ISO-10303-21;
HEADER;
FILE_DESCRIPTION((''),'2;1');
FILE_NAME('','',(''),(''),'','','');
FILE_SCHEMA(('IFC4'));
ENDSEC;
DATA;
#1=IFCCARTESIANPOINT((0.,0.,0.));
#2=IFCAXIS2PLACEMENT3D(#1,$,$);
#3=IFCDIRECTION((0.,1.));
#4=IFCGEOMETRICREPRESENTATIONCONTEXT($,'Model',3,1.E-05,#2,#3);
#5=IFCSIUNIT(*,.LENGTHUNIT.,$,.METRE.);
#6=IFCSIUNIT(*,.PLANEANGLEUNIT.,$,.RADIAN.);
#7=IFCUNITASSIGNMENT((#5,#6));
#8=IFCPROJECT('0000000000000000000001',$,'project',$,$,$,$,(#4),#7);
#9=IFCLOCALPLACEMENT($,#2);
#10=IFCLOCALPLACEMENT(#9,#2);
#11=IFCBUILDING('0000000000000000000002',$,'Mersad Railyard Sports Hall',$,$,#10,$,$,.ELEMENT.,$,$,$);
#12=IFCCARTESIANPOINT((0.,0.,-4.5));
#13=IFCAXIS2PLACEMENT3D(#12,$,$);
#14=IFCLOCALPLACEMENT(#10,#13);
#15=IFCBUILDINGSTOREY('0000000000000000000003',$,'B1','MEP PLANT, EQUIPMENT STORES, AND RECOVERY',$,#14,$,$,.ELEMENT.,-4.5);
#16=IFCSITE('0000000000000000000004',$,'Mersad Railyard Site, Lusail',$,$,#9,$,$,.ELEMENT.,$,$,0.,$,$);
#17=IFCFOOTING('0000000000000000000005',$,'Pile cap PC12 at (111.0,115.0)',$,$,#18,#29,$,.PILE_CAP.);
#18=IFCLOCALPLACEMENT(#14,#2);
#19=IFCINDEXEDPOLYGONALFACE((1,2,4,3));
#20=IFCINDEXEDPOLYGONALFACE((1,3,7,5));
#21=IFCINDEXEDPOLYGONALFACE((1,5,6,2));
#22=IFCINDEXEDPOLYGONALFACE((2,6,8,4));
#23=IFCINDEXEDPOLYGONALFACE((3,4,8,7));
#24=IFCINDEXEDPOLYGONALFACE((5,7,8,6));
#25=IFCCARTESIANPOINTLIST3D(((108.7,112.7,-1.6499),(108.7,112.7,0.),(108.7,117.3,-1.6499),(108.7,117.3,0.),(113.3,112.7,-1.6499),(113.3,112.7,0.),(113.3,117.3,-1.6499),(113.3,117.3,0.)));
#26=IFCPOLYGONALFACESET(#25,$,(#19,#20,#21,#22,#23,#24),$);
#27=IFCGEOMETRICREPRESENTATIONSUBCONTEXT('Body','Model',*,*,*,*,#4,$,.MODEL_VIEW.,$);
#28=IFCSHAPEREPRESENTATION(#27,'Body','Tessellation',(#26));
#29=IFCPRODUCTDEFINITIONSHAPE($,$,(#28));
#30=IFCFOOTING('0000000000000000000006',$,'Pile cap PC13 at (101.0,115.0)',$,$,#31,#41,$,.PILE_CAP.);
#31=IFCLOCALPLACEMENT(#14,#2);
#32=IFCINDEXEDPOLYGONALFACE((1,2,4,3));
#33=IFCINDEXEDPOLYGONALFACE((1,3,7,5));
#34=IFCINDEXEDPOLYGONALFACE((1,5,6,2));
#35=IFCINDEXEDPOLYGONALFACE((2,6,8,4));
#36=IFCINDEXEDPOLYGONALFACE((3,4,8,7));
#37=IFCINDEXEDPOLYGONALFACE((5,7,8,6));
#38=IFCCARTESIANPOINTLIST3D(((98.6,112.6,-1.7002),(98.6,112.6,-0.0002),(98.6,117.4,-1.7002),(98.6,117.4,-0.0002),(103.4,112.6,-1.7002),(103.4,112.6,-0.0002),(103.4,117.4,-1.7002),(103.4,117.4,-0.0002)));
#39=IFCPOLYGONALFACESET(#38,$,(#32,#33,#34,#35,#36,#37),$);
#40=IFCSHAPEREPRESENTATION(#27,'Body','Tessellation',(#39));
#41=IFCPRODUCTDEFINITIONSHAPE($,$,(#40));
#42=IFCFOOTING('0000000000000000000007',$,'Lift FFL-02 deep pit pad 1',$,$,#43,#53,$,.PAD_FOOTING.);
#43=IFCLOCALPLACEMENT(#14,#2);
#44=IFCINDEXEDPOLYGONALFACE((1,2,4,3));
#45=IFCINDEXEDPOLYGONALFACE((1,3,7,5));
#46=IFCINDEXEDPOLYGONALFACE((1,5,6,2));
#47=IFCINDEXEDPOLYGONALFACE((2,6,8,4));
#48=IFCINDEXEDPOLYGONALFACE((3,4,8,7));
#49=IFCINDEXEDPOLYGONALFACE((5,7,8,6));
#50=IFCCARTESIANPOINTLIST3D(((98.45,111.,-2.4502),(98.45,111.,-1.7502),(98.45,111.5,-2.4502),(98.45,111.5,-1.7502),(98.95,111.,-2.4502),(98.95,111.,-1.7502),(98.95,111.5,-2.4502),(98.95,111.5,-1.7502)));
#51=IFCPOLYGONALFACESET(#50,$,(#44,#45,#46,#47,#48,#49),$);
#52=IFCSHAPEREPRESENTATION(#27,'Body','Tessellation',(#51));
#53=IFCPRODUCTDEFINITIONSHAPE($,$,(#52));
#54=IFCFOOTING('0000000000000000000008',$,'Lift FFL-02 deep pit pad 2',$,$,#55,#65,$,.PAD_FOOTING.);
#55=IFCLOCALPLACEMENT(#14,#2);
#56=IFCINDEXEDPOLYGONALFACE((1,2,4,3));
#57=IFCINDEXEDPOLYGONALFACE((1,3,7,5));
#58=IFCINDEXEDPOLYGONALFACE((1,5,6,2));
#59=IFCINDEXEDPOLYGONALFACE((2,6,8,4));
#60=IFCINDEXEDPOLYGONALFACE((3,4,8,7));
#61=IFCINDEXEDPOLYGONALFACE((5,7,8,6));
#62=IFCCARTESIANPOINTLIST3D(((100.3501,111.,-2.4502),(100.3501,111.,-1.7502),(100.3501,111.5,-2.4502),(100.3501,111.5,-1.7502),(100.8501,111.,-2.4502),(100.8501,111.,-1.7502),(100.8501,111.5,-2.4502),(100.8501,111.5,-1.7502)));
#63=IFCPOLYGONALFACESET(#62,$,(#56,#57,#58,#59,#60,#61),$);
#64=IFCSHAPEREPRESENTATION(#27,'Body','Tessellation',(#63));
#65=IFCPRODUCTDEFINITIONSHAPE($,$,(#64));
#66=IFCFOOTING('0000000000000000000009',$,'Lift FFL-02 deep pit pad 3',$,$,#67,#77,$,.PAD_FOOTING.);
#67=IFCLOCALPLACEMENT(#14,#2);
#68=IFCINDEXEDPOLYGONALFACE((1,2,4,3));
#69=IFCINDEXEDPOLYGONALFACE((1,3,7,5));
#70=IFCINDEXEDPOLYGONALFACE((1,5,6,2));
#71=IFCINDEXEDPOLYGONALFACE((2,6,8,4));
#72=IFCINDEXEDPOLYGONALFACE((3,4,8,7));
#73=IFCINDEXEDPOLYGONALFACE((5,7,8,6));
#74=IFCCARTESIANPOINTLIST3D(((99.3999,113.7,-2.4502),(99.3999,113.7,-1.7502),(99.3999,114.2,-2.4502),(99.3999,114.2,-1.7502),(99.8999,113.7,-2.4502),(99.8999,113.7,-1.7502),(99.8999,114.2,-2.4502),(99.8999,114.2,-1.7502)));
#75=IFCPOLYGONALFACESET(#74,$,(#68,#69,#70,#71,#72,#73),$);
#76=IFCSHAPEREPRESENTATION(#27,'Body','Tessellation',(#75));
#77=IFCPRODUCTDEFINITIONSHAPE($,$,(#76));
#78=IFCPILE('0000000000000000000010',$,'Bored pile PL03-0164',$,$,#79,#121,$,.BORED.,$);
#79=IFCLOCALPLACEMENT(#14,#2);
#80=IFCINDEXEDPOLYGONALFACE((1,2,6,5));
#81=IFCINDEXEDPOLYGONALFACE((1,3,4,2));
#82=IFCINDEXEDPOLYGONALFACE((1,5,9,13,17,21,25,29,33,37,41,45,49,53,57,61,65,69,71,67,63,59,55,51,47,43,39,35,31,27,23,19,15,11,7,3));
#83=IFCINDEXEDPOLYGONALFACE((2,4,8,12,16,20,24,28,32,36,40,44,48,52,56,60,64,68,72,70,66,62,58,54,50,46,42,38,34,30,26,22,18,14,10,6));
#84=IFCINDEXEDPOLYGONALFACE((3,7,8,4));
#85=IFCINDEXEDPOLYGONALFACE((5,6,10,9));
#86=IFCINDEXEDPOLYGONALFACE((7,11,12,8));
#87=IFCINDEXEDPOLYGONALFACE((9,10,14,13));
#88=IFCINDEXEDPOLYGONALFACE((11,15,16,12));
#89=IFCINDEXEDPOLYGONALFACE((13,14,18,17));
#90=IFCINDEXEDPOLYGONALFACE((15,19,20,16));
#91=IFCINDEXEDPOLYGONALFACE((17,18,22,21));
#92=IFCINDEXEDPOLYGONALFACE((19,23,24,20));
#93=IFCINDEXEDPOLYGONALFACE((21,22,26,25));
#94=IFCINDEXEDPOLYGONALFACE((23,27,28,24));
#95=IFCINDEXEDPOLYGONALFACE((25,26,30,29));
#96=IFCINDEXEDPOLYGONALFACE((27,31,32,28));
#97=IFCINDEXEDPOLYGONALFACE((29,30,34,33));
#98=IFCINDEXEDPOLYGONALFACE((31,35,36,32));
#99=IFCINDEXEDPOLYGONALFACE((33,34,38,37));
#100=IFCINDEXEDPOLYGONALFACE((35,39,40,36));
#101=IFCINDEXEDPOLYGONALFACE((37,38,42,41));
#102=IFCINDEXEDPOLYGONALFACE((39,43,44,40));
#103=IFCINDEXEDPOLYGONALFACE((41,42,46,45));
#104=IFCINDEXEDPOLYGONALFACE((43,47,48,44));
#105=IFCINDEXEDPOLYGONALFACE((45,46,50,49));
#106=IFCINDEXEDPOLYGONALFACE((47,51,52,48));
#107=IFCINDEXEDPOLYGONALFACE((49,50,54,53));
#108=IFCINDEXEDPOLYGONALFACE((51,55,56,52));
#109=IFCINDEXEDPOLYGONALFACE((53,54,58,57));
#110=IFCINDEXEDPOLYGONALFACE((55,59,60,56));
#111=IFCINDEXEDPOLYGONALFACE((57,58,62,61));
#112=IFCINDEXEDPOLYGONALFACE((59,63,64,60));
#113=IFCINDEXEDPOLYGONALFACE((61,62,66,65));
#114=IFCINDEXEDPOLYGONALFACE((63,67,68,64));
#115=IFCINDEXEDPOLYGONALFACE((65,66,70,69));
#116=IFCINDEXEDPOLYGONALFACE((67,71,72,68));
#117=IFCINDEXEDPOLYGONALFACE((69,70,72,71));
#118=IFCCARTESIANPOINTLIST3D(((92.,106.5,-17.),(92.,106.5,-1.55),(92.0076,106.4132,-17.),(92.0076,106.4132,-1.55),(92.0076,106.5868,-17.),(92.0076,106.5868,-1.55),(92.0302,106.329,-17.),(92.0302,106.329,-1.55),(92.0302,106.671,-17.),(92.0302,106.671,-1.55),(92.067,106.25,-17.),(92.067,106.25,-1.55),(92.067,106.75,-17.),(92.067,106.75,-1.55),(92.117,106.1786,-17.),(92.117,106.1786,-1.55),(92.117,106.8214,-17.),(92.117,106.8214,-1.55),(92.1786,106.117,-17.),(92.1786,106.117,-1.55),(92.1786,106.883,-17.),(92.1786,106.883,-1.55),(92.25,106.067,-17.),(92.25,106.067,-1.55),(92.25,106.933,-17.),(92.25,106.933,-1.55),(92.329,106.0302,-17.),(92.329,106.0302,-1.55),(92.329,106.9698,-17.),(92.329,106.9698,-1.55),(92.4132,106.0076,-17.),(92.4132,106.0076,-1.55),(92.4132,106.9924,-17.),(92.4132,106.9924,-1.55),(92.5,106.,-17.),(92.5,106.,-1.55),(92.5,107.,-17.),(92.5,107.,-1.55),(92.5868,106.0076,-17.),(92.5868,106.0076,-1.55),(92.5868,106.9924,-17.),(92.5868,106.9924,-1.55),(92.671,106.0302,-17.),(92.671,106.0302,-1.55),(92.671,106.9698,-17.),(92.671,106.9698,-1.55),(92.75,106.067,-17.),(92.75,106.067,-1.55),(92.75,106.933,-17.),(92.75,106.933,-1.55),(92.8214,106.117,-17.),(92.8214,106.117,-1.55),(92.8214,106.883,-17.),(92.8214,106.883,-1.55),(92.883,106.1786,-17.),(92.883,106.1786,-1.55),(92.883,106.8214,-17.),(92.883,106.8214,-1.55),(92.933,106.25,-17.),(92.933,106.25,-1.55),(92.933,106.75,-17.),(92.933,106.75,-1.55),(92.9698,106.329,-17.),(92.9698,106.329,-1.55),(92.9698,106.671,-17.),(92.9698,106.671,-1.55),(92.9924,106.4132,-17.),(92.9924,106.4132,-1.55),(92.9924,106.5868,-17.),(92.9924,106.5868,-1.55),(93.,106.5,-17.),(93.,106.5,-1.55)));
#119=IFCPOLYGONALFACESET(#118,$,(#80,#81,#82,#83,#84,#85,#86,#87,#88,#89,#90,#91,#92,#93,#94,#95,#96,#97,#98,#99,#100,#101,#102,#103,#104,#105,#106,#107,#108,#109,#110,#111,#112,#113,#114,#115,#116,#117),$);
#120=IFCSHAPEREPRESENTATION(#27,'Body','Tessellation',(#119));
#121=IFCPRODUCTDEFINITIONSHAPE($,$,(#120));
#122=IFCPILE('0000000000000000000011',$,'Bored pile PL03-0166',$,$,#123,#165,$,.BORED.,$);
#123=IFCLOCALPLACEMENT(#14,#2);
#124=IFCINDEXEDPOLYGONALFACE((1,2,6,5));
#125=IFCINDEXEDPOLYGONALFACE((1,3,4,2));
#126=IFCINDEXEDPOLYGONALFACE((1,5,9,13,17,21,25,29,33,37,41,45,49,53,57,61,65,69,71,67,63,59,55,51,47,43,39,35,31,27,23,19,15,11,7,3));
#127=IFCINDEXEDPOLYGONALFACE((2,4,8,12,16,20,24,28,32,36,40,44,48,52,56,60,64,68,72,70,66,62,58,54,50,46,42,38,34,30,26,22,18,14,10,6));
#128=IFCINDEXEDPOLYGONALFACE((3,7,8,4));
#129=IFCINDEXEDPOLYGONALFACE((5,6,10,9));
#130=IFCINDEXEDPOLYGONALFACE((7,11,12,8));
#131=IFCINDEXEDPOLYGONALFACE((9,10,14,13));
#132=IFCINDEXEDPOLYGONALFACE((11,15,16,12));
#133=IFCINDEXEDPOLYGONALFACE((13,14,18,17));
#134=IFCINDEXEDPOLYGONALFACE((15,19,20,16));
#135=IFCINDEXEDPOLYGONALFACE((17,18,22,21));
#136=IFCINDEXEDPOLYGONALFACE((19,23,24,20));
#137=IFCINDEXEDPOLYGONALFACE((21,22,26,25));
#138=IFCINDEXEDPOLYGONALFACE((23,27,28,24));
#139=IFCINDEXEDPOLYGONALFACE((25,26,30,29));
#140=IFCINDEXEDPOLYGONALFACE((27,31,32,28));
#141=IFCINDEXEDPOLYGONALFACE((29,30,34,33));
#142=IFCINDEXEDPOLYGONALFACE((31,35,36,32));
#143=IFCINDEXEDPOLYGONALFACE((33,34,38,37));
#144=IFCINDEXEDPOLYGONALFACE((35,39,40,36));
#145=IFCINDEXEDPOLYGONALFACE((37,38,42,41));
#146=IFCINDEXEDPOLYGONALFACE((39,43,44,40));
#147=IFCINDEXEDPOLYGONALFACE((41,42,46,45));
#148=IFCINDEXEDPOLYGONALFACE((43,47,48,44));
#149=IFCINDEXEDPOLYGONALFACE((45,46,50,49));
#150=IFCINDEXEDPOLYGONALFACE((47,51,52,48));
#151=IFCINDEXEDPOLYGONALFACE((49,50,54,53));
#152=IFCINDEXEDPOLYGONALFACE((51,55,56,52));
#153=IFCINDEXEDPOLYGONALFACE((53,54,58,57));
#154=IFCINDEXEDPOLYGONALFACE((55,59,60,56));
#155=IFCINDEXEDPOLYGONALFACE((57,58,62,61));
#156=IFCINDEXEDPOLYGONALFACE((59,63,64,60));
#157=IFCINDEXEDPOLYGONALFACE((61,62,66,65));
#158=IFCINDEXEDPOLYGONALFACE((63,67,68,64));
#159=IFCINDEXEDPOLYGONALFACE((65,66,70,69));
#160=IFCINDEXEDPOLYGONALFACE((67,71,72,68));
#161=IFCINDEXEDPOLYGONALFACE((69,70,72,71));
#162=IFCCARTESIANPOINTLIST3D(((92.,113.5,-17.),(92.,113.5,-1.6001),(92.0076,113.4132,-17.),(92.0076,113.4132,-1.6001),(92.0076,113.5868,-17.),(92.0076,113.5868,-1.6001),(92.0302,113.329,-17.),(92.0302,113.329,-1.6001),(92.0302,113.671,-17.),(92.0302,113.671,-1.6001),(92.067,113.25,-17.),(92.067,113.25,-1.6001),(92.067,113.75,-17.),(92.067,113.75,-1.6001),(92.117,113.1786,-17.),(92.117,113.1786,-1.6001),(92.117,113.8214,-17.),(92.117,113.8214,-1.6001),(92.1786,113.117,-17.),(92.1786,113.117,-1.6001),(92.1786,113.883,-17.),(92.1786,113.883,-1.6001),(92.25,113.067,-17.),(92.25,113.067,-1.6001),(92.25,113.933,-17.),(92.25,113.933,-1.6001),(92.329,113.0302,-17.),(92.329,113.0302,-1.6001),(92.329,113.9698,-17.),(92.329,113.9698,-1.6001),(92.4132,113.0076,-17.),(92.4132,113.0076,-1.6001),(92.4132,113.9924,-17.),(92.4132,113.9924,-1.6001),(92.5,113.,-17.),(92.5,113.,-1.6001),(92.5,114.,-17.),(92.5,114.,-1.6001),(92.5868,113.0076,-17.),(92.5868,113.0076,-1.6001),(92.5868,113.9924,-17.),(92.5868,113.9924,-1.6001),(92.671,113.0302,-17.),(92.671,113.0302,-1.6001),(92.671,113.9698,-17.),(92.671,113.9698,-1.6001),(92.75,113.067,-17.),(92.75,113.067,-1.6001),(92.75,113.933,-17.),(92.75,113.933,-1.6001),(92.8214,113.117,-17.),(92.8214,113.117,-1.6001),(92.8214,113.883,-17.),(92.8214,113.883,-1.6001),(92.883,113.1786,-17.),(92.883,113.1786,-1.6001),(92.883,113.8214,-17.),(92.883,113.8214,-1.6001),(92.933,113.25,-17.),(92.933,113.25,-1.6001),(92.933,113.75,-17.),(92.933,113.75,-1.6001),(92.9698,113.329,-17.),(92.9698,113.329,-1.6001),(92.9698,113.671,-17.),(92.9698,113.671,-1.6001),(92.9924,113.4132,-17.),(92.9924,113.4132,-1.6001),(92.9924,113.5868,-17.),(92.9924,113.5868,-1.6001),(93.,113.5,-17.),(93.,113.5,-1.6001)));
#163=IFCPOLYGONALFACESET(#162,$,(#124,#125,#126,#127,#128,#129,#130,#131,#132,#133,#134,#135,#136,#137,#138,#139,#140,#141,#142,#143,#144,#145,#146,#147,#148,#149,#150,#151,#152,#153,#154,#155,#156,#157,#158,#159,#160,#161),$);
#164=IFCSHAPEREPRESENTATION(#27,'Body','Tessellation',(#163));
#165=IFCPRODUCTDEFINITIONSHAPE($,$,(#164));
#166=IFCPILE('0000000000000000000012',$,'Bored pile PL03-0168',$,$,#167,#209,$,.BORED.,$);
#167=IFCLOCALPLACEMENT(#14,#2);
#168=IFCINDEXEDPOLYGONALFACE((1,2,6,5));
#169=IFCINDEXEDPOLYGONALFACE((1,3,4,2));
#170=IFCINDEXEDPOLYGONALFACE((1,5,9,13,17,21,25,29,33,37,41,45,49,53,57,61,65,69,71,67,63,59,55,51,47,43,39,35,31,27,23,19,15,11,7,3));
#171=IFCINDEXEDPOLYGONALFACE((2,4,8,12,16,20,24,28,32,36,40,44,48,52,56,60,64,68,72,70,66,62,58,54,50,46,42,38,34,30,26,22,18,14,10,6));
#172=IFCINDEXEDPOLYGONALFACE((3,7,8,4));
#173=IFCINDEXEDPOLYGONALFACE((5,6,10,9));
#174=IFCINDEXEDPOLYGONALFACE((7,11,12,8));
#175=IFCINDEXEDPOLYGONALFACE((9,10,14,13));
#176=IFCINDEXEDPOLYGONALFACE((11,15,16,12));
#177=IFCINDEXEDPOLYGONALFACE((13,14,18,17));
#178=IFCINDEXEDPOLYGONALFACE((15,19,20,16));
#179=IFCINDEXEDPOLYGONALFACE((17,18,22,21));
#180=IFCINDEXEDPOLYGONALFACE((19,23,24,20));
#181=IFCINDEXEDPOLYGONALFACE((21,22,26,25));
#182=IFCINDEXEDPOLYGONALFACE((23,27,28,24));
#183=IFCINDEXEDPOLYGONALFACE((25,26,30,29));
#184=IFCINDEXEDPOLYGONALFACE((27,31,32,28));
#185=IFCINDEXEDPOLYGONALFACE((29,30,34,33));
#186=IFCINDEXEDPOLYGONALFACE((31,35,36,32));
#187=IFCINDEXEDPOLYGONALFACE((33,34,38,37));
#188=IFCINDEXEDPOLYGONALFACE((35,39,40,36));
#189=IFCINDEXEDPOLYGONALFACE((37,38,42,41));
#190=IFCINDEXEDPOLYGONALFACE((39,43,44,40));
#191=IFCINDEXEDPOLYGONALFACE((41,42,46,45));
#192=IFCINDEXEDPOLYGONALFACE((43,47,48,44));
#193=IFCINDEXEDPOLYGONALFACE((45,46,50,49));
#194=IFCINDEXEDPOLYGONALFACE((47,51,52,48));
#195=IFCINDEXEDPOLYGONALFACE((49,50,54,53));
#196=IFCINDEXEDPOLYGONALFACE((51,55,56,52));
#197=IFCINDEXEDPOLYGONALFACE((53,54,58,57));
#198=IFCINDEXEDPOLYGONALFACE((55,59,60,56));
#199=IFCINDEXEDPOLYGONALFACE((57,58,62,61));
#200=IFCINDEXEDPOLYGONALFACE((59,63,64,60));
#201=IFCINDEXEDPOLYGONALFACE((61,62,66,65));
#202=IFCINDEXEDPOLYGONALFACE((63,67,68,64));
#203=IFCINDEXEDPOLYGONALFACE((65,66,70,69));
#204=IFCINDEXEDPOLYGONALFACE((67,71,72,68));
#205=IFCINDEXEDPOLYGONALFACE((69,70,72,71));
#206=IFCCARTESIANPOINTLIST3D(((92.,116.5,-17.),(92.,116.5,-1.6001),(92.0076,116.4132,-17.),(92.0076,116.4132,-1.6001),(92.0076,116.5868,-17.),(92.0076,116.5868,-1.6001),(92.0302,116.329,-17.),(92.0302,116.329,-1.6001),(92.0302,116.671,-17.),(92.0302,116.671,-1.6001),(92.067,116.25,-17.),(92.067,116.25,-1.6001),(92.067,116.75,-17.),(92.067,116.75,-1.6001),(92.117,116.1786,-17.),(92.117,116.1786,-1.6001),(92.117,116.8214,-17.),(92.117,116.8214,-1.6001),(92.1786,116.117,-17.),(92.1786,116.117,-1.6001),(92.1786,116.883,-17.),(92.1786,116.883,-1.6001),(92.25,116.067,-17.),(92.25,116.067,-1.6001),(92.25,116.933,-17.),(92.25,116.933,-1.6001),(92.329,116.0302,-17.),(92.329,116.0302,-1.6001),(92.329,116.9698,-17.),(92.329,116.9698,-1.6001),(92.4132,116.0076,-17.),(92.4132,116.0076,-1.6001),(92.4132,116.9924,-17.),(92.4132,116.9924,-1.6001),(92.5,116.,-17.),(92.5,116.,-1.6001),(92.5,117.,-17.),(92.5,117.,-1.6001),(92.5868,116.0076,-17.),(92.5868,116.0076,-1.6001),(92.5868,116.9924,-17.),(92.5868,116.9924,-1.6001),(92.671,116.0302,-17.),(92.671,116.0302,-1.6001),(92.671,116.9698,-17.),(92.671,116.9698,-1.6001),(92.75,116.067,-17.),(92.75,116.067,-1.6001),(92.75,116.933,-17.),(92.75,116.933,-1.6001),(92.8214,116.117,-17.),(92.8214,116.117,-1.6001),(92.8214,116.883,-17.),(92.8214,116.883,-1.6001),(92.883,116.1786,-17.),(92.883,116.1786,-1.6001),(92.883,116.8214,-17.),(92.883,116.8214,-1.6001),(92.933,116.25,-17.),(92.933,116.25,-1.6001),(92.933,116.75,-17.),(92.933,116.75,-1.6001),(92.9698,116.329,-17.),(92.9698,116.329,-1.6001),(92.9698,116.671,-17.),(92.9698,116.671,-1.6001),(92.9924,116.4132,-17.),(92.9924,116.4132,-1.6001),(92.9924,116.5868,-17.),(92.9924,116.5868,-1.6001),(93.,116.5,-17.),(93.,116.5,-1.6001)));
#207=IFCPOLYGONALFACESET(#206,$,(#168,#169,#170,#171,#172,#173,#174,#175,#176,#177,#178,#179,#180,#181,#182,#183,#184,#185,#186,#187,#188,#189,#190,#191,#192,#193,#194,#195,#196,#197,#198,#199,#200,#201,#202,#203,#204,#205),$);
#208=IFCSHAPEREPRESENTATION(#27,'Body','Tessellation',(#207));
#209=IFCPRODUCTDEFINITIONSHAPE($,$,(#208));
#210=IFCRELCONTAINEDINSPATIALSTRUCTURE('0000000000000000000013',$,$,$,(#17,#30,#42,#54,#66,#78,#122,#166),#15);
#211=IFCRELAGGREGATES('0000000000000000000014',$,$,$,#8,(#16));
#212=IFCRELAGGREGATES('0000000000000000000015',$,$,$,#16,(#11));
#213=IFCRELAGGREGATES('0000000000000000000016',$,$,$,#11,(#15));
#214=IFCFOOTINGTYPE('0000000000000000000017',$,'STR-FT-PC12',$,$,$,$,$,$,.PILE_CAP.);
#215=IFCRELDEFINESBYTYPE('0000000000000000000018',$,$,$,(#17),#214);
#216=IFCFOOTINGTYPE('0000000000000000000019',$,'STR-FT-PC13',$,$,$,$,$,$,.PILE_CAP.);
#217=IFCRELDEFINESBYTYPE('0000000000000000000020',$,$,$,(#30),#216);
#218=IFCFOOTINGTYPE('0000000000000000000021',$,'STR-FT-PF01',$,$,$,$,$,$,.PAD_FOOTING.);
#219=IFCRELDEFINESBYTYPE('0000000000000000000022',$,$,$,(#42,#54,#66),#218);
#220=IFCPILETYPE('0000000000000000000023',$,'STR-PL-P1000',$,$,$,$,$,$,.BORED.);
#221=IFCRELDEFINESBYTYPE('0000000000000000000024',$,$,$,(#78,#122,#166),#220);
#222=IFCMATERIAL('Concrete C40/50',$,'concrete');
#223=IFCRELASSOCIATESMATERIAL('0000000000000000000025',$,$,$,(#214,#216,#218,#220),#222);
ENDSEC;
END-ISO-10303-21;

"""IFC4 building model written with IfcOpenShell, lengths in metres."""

from ifc_helpers import new_model, si_unit, direction, frame, origin, origin_2d, place, context, subcontext, project, spatial, rectangle, circle, extrude, material, material_profile, profile_set, type_object, element, save


model = new_model("IFC4")

# Units and contexts
model_context = context("Model", 3, precision=1e-05, world=origin(), true_north=direction((0.0, 1.0)))
body_context = subcontext(model_context, "Body", "Model", "MODEL_VIEW")
ifc_project = project(units=[si_unit("LENGTHUNIT", "METRE"), si_unit("PLANEANGLEUNIT", "RADIAN")], contexts=[model_context])

# Site, building, storey
site_placement = place(None, origin())
site = spatial("IfcSite", under=ifc_project, at=site_placement, Name="Mersad Railyard Site, Lusail", CompositionType="ELEMENT", RefElevation=0.0)
building_placement = place(site_placement, origin())
building = spatial("IfcBuilding", under=site, at=building_placement, Name="Mersad Railyard Sports Hall", CompositionType="ELEMENT")
storey_placement = place(building_placement, frame((0.0, 0.0, -4.5)))
storey = spatial("IfcBuildingStorey", under=building, at=storey_placement, Name="B1", Description="MEP PLANT, EQUIPMENT STORES, AND RECOVERY", CompositionType="ELEMENT", Elevation=-4.5)

# Footings
ifc_material_1 = material(Name="Concrete C40/50", Category="concrete")
footing_type_1 = type_object("IfcFootingType", Name="STR-FT-PC12", PredefinedType="PILE_CAP", material=ifc_material_1)
footing_1_placement = place(storey_placement, frame((111.0, 115.0, -1.6499), z_axis=(0.0, 0.0, 1.0), x_axis=(1.0, 0.0, 0.0)))
element("IfcFooting", 1, at=footing_1_placement, inside=storey, type_object=footing_type_1, Name="Pile cap PC12 at (111.0,115.0)", PredefinedType="PILE_CAP", context=body_context, shape_type="SweptSolid", body=[
    extrude(rectangle(XDim=4.6001, YDim=4.6001, at=origin_2d()), origin(), (0.0, 0.0, 1.0), 1.6499),
])
footing_type_2 = type_object("IfcFootingType", Name="STR-FT-PC13", PredefinedType="PILE_CAP", material=ifc_material_1)
footing_2_placement = place(storey_placement, frame((101.0, 115.0, -1.7002), z_axis=(0.0, 0.0, 1.0), x_axis=(1.0, 0.0, 0.0)))
element("IfcFooting", 2, at=footing_2_placement, inside=storey, type_object=footing_type_2, Name="Pile cap PC13 at (101.0,115.0)", PredefinedType="PILE_CAP", context=body_context, shape_type="SweptSolid", body=[
    extrude(rectangle(XDim=4.8, YDim=4.8, at=origin_2d()), origin(), (0.0, 0.0, 1.0), 1.7),
])
footing_type_3 = type_object("IfcFootingType", Name="STR-FT-PF01", PredefinedType="PAD_FOOTING", material=ifc_material_1)
for number, where, z_axis, x_axis, name in (
    (3, (98.7, 111.25, -2.4502), (0.0, 0.0, 1.0), (1.0, 0.0, 0.0), "Lift FFL-02 deep pit pad 1"),
    (4, (100.6001, 111.25, -2.4502), (0.0, 0.0, 1.0), (1.0, 0.0, 0.0), "Lift FFL-02 deep pit pad 2"),
    (5, (99.6499, 113.95, -2.4502), (0.0, 0.0, 1.0), (1.0, 0.0, 0.0), "Lift FFL-02 deep pit pad 3"),
):
    element("IfcFooting", number, at=place(storey_placement, frame(where, z_axis=z_axis, x_axis=x_axis)), inside=storey, type_object=footing_type_3, Name=name, PredefinedType="PAD_FOOTING", context=body_context, shape_type="SweptSolid", body=[
        extrude(rectangle(XDim=0.5, YDim=0.5, at=origin_2d()), origin(), (0.0, 0.0, 1.0), 0.7),
    ])

# Piles
ifc_material_profile_1 = material_profile(ifc_material_1, circle(Radius=0.5, at=origin_2d()), Name="BORED PILE D1000")
ifc_profile_set_1 = profile_set([ifc_material_profile_1], Name="Concrete C40/50")
pile_type = type_object("IfcPileType", Name="STR-PL-P1000", PredefinedType="BORED", material=ifc_profile_set_1)
pile_placement = place(storey_placement, frame((92.5, 106.5, -1.55), z_axis=(0.0, 0.0, -1.0), x_axis=(1.0, 0.0, 0.0)))
element("IfcPile", 6, at=pile_placement, inside=storey, type_object=pile_type, Name="Bored pile PL03-0164", PredefinedType="BORED", context=body_context, shape_type="SweptSolid", body=[
    extrude(circle(Radius=0.5, at=origin_2d()), origin(), (0.0, 0.0, 1.0), 15.45),
])
for number, where, z_axis, x_axis, name in (
    (7, (92.5, 113.5, -1.6001), (0.0, 0.0, -1.0), (1.0, 0.0, 0.0), "Bored pile PL03-0166"),
    (8, (92.5, 116.5, -1.6001), (0.0, 0.0, -1.0), (1.0, 0.0, 0.0), "Bored pile PL03-0168"),
):
    element("IfcPile", number, at=place(storey_placement, frame(where, z_axis=z_axis, x_axis=x_axis)), inside=storey, type_object=pile_type, Name=name, PredefinedType="BORED", context=body_context, shape_type="SweptSolid", body=[
        extrude(circle(Radius=0.5, at=origin_2d()), origin(), (0.0, 0.0, 1.0), 15.3999),
    ])

save(model, "model.ifc")
